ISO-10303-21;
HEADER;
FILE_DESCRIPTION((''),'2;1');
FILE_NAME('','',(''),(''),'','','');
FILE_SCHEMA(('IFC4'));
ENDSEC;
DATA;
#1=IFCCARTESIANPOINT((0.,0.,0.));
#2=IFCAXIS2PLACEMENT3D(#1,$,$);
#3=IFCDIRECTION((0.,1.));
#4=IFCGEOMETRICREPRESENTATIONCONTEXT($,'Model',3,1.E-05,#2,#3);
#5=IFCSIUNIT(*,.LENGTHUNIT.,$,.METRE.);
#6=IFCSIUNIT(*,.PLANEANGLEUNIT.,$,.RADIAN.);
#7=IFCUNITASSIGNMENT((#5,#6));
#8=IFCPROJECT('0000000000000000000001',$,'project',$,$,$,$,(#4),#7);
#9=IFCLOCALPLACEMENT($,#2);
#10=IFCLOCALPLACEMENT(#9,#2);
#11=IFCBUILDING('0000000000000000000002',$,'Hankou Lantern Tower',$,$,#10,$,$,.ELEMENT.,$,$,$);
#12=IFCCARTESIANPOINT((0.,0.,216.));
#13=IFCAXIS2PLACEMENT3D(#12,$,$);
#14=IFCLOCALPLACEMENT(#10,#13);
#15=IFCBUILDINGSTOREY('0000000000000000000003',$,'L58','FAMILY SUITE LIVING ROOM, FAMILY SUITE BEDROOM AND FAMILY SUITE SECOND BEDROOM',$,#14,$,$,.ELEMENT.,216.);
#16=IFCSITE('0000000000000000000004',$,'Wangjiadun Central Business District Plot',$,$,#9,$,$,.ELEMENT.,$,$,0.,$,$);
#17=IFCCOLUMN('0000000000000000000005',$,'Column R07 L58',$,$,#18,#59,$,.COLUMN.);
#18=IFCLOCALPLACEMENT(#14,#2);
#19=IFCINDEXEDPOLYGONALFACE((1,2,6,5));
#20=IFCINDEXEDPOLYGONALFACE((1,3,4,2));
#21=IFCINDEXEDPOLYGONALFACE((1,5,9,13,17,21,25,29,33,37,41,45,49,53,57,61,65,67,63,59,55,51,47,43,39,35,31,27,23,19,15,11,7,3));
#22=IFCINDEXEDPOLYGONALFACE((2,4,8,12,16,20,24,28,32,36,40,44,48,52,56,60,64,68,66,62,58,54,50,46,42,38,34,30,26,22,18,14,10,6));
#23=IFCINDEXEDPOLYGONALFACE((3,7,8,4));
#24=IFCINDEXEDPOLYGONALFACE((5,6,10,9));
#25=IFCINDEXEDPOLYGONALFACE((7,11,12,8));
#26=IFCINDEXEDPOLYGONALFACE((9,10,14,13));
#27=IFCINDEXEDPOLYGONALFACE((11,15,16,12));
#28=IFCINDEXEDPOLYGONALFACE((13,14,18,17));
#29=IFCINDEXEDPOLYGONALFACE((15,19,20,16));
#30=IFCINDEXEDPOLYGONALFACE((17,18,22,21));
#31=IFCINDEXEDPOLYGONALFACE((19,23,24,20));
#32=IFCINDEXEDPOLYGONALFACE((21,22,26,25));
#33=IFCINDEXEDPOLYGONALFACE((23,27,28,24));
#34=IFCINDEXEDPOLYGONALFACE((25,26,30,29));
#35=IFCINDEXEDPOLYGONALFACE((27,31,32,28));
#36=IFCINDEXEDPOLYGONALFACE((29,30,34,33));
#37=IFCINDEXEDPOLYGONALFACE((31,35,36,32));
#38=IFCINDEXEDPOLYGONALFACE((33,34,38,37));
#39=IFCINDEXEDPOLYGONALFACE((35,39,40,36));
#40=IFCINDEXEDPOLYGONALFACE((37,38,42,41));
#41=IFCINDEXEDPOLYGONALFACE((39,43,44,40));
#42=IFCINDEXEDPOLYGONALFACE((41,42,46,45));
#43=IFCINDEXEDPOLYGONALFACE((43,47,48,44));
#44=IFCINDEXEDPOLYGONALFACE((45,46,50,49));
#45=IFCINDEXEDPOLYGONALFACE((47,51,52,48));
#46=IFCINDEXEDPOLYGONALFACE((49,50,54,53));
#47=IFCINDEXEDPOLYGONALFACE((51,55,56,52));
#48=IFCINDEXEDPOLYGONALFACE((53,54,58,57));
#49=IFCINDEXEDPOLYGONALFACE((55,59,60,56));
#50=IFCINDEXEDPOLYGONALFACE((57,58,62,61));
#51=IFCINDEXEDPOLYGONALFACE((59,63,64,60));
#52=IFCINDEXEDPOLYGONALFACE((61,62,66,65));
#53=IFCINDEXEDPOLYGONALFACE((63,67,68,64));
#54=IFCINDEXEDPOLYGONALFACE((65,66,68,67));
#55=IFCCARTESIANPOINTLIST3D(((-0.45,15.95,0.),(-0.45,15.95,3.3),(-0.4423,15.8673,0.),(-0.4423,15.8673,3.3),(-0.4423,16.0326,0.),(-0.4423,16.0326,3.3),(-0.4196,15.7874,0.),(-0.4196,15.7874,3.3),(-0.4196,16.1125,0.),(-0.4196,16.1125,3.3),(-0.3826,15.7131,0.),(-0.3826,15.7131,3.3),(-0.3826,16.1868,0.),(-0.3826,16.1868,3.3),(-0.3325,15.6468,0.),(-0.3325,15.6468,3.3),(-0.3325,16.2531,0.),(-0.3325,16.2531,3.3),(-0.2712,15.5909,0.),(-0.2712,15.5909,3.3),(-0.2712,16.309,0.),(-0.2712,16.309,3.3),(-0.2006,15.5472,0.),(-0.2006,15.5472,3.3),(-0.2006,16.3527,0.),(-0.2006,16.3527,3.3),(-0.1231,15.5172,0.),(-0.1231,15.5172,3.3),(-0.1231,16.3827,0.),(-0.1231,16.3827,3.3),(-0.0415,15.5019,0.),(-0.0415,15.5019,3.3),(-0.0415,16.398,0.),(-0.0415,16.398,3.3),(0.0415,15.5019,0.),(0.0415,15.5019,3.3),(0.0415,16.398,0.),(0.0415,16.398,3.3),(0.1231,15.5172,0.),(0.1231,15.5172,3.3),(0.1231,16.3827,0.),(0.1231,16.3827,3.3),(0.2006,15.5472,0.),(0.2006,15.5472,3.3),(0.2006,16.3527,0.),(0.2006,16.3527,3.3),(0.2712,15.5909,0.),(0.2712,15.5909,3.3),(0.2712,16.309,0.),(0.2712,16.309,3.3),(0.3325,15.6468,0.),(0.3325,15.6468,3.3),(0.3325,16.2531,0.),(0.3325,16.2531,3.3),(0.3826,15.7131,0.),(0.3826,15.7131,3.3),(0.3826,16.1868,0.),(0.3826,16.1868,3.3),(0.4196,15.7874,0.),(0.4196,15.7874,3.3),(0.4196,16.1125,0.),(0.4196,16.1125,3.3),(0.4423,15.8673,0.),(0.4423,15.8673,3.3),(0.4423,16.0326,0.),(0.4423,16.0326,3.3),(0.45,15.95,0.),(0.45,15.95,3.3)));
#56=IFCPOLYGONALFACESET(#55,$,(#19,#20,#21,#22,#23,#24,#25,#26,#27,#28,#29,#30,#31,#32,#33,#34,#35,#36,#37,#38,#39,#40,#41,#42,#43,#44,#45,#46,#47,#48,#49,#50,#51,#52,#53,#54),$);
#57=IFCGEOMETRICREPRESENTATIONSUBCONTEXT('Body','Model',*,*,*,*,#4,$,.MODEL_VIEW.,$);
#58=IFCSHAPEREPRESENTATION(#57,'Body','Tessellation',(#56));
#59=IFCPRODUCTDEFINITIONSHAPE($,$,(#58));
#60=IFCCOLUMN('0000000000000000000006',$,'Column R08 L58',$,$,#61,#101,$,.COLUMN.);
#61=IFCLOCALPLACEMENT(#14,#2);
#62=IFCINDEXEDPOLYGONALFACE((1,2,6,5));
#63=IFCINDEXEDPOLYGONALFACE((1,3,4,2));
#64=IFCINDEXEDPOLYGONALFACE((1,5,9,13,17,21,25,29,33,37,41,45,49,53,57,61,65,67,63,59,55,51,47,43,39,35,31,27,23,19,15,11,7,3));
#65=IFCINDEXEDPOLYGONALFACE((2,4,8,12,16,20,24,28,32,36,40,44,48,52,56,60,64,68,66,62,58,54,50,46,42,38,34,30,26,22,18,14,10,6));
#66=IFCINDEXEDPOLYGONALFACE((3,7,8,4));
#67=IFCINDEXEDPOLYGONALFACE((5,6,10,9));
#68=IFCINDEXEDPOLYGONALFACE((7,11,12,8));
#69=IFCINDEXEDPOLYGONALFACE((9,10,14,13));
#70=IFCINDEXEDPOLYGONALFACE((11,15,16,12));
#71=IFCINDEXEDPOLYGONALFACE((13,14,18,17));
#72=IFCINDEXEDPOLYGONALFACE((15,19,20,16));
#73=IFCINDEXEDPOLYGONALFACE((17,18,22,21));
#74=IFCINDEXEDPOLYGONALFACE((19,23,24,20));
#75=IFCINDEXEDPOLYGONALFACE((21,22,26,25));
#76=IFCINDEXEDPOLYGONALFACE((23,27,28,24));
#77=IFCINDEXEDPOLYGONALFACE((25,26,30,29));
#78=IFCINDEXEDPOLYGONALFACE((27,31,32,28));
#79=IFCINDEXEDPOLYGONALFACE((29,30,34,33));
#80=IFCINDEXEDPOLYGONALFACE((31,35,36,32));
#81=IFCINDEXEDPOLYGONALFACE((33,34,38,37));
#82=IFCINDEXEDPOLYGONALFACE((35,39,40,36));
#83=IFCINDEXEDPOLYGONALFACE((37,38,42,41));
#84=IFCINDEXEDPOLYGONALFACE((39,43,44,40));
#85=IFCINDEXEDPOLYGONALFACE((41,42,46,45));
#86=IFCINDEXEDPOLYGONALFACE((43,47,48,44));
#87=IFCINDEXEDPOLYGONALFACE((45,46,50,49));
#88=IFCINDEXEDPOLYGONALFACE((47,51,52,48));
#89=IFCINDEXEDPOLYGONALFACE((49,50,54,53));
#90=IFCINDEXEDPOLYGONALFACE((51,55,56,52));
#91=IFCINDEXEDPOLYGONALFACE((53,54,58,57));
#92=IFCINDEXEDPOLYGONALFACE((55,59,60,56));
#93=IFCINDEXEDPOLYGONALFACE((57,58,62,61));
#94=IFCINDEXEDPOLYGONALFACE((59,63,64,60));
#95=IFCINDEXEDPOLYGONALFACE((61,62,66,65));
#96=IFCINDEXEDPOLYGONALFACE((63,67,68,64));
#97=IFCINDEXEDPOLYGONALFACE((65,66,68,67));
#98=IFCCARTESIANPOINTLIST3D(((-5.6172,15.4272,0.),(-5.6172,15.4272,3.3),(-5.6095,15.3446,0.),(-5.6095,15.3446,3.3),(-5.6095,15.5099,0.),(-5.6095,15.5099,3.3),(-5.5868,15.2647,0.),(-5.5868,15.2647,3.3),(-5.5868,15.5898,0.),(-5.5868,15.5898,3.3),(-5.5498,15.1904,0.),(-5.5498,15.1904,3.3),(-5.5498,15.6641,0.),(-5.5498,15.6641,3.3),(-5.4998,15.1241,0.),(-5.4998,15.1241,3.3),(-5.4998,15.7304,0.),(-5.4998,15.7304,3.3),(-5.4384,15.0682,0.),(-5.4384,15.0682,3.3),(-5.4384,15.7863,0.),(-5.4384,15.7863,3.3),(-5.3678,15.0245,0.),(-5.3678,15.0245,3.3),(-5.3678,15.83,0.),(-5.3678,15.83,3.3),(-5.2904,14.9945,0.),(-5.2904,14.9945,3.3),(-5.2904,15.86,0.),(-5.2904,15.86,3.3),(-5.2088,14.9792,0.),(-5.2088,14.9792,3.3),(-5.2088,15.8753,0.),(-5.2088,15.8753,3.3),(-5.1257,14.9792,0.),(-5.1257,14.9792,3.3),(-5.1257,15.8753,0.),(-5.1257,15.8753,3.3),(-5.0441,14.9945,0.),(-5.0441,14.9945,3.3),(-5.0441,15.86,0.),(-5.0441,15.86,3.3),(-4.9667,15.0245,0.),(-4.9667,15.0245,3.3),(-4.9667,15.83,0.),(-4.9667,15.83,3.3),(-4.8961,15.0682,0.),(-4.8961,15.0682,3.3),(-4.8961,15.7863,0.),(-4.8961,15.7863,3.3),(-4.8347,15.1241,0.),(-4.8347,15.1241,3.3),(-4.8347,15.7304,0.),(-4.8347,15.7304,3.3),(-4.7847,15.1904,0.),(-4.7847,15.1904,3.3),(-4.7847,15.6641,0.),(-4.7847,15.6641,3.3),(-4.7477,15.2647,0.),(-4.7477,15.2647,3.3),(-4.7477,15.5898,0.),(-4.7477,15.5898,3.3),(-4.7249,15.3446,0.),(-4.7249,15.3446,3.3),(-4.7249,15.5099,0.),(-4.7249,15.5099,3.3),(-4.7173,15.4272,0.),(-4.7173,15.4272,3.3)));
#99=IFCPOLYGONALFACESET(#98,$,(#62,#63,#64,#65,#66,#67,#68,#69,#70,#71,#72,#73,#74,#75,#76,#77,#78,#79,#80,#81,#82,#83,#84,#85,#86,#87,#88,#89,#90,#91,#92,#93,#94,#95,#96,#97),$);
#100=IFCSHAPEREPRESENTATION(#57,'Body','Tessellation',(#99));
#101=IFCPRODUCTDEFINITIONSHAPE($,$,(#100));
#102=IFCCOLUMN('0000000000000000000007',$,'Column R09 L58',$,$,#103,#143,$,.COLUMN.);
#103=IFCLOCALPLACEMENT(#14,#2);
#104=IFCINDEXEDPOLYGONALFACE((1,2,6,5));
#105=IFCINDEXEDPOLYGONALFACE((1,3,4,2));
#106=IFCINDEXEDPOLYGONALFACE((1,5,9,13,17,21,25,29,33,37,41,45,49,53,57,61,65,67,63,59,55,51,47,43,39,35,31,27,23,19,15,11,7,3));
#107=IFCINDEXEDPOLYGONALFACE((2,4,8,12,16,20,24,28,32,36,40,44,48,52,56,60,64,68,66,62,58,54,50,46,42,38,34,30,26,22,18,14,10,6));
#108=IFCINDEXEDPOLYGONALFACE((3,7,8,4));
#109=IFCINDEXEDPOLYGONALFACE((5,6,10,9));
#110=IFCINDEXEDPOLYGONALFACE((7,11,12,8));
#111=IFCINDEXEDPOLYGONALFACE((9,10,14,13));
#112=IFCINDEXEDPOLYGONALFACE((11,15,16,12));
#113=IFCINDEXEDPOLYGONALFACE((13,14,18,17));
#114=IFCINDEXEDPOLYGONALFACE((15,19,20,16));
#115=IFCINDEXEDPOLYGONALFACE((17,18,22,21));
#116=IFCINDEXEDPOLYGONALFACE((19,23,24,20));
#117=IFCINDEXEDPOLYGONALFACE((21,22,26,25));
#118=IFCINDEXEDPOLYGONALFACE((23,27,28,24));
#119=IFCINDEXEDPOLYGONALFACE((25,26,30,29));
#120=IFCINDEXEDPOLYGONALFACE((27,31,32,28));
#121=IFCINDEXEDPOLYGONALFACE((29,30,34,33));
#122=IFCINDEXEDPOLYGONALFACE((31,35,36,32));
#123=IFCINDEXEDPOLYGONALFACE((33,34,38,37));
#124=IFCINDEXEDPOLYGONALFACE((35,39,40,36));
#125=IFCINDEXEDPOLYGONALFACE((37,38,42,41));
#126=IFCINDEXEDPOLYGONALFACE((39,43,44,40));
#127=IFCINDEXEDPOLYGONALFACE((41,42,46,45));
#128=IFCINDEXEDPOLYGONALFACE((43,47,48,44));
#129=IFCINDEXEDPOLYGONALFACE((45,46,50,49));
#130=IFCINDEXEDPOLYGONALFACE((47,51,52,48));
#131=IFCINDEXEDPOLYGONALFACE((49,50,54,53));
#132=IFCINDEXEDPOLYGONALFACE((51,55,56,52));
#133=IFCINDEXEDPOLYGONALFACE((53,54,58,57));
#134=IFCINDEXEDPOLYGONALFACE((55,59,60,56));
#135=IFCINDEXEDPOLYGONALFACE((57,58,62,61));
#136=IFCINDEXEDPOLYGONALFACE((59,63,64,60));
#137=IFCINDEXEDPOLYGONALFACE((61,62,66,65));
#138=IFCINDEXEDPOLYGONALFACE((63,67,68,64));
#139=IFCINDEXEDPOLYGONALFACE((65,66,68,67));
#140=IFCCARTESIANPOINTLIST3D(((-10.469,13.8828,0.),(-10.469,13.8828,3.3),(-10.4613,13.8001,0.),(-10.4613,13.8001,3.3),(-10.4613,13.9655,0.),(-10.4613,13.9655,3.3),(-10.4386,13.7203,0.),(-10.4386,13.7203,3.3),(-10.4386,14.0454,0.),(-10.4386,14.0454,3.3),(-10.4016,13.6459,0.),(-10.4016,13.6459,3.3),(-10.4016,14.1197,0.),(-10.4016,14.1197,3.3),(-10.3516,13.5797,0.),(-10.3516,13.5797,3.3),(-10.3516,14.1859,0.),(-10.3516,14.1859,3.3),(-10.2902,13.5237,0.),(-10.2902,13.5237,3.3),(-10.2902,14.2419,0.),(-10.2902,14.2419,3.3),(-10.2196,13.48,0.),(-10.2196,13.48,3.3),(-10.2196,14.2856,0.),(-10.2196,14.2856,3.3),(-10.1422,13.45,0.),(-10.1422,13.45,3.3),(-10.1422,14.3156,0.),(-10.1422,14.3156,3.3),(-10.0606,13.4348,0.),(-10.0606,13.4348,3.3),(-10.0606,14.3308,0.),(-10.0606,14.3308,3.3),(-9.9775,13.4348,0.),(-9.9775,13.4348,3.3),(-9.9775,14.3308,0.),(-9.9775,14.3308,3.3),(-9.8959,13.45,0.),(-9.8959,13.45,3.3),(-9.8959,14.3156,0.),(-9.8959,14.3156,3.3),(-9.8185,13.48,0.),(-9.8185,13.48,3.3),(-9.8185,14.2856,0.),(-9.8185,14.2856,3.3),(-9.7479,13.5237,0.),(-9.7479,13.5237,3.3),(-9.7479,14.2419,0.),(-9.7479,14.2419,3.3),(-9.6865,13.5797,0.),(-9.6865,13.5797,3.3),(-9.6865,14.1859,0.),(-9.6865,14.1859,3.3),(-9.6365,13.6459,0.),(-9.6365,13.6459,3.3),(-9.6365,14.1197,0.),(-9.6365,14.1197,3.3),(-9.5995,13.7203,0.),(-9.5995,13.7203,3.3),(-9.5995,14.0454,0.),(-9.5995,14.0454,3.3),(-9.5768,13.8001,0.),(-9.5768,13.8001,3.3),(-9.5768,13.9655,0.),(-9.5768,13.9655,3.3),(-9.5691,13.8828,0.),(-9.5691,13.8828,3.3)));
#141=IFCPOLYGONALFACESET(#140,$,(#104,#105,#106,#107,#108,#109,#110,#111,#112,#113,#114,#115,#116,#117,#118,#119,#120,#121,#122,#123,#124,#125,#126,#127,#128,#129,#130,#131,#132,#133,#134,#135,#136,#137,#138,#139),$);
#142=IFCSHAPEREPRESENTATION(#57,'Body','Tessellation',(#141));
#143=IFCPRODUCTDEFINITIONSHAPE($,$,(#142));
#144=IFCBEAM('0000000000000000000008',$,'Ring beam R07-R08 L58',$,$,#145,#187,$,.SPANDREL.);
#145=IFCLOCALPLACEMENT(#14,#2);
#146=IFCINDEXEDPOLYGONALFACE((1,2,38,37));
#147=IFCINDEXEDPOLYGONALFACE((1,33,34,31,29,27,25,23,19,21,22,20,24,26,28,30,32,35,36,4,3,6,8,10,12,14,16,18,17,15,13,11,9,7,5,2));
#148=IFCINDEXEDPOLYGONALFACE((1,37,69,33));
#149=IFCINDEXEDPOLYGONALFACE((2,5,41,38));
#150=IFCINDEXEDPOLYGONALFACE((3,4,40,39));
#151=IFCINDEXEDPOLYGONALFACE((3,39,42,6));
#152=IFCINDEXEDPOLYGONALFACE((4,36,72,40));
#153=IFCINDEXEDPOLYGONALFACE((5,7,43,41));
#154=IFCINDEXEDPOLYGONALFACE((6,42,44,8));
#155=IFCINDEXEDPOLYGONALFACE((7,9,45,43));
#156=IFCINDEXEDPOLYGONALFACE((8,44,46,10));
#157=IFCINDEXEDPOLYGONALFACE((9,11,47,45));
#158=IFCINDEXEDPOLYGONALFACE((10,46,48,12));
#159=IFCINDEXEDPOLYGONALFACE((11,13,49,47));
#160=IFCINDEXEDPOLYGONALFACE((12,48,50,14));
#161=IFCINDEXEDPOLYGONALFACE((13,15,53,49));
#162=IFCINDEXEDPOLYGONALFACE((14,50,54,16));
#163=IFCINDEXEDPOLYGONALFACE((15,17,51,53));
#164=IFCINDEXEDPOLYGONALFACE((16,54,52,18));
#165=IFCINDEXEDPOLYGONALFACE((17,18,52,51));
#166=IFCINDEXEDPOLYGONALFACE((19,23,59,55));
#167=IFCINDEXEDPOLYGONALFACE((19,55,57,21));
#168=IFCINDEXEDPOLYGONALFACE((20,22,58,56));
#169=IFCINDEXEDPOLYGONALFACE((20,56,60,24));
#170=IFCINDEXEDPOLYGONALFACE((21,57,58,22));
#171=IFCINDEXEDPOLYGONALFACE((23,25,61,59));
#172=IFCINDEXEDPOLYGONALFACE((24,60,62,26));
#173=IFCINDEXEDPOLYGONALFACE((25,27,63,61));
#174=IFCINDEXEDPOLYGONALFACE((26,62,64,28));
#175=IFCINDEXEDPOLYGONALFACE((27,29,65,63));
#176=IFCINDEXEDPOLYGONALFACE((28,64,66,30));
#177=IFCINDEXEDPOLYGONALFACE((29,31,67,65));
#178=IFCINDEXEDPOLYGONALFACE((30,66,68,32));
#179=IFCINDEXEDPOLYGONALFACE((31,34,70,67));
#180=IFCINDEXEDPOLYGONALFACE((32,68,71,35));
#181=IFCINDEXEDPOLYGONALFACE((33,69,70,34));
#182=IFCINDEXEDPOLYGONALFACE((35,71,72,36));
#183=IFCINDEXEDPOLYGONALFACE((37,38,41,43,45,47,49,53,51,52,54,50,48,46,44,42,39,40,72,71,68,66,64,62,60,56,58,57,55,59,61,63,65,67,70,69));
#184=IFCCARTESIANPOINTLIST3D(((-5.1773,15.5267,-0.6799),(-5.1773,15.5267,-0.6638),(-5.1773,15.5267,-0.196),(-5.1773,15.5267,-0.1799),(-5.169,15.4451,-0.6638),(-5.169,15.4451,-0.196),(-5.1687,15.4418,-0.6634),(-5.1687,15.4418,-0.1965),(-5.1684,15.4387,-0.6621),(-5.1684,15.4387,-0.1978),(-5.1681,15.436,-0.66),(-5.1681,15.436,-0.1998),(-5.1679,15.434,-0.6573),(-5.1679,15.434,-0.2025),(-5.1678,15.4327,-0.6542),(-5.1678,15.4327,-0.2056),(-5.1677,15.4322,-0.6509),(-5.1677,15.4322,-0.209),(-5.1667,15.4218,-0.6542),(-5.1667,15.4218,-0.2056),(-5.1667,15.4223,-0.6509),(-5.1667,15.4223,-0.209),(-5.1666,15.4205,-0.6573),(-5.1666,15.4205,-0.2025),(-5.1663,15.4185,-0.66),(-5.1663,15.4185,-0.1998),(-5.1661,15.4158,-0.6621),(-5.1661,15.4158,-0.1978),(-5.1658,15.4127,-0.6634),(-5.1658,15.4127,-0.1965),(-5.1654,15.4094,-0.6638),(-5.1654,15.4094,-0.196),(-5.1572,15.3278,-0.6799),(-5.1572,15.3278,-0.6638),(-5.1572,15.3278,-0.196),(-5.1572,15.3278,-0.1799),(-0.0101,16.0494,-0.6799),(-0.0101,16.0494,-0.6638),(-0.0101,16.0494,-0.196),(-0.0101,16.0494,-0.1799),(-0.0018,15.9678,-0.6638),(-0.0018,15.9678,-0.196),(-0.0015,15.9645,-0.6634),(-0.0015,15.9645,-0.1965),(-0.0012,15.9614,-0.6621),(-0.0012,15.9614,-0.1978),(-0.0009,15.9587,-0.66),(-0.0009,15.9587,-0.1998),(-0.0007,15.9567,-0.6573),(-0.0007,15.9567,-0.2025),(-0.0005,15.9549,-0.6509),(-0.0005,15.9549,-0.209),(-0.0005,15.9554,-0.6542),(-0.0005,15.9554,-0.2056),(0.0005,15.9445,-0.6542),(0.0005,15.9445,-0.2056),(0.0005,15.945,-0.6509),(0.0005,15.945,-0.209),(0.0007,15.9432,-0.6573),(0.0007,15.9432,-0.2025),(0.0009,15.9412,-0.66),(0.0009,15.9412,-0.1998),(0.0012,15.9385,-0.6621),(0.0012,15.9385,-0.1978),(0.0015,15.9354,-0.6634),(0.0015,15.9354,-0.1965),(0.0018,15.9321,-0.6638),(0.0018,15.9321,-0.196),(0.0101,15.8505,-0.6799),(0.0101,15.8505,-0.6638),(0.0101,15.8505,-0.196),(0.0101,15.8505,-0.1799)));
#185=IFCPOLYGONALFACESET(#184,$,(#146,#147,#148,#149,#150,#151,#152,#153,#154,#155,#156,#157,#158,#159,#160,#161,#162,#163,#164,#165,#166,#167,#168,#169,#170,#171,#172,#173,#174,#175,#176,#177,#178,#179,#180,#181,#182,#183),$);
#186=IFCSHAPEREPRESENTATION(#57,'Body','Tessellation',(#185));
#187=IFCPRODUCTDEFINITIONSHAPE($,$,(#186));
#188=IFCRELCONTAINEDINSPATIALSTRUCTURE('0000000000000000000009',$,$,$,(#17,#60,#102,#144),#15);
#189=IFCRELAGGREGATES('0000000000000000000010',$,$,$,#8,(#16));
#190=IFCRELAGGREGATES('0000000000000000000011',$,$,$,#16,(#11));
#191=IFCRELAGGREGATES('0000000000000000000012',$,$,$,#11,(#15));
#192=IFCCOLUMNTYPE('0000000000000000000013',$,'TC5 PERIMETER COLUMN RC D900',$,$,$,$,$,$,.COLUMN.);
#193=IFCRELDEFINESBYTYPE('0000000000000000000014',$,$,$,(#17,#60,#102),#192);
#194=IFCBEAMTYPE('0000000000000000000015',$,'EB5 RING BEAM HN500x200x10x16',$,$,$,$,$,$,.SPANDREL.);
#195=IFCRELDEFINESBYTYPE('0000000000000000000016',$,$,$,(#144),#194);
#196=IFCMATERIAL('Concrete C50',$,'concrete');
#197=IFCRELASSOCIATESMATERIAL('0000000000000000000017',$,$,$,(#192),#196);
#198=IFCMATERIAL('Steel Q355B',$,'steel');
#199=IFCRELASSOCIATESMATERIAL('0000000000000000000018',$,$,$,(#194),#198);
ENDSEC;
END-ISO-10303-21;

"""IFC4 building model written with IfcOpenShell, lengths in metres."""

from ifc_helpers import new_model, si_unit, direction, frame, origin, origin_2d, place, context, subcontext, project, spatial, circle, i_section, extrude, material, material_profile, profile_set, type_object, element, save


model = new_model("IFC4")

# Units and contexts
model_context = context("Model", 3, precision=1e-05, world=origin(), true_north=direction((0.0, 1.0)))
body_context = subcontext(model_context, "Body", "Model", "MODEL_VIEW")
ifc_project = project(units=[si_unit("LENGTHUNIT", "METRE"), si_unit("PLANEANGLEUNIT", "RADIAN")], contexts=[model_context])

# Site, building, storey
site_placement = place(None, origin())
site = spatial("IfcSite", under=ifc_project, at=site_placement, Name="Wangjiadun Central Business District Plot", CompositionType="ELEMENT", RefElevation=0.0)
building_placement = place(site_placement, origin())
building = spatial("IfcBuilding", under=site, at=building_placement, Name="Hankou Lantern Tower", CompositionType="ELEMENT")
storey_placement = place(building_placement, frame((0.0, 0.0, 216.0)))
storey = spatial("IfcBuildingStorey", under=building, at=storey_placement, Name="L58", Description="FAMILY SUITE LIVING ROOM, FAMILY SUITE BEDROOM AND FAMILY SUITE SECOND BEDROOM", CompositionType="ELEMENT", Elevation=216.0)

# Columns
ifc_material_1 = material(Name="Concrete C50", Category="concrete")
ifc_material_profile_1 = material_profile(ifc_material_1, circle(Radius=0.45, at=origin_2d()), Name="RC D900")
ifc_profile_set_1 = profile_set([ifc_material_profile_1], Name="Concrete C50")
column_type = type_object("IfcColumnType", Name="TC5 PERIMETER COLUMN RC D900", PredefinedType="COLUMN", material=ifc_profile_set_1)
for number, where, z_axis, x_axis, name in (
    (1, (0.0, 15.95, 0.0), (0.0, 0.0, 1.0), (1.0, 0.0, 0.0), "Column R07 L58"),
    (2, (-5.1672, 15.4272, 0.0), (0.0, 0.0, 1.0), (1.0, 0.0, 0.0), "Column R08 L58"),
    (3, (-10.019, 13.8828, 0.0), (0.0, 0.0, 1.0), (1.0, 0.0, 0.0), "Column R09 L58"),
):
    element("IfcColumn", number, at=place(storey_placement, frame(where, z_axis=z_axis, x_axis=x_axis)), inside=storey, type_object=column_type, Name=name, PredefinedType="COLUMN", context=body_context, shape_type="SweptSolid", body=[
        extrude(circle(Radius=0.45, at=origin_2d()), origin(), (0.0, 0.0, 1.0), 3.3),
    ])

# Beam
ifc_material_2 = material(Name="Steel Q355B", Category="steel")
ifc_material_profile_2 = material_profile(ifc_material_2, i_section(OverallWidth=0.2, OverallDepth=0.5, WebThickness=0.01, FlangeThickness=0.0161, FilletRadius=0.0129, at=origin_2d()), Name="HN500x200x10x16")
ifc_profile_set_2 = profile_set([ifc_material_profile_2], Name="Steel Q355B")
beam_type_1 = type_object("IfcBeamType", Name="EB5 RING BEAM HN500x200x10x16", PredefinedType="SPANDREL", material=ifc_profile_set_2)
beam_1_placement = place(storey_placement, frame((0.0, 15.95, -0.4299), z_axis=(-0.994923, -0.100644, 0.0), x_axis=(0.100644, -0.994923, 0.0)))
element("IfcBeam", 4, at=beam_1_placement, inside=storey, type_object=beam_type_1, Name="Ring beam R07-R08 L58", PredefinedType="SPANDREL", context=body_context, shape_type="SweptSolid", body=[
    extrude(i_section(OverallWidth=0.2, OverallDepth=0.5, WebThickness=0.01, FlangeThickness=0.0161, FilletRadius=0.0129, at=origin_2d()), origin(), (0.0, 0.0, 1.0), 5.1936),
])

save(model, "model.ifc")
